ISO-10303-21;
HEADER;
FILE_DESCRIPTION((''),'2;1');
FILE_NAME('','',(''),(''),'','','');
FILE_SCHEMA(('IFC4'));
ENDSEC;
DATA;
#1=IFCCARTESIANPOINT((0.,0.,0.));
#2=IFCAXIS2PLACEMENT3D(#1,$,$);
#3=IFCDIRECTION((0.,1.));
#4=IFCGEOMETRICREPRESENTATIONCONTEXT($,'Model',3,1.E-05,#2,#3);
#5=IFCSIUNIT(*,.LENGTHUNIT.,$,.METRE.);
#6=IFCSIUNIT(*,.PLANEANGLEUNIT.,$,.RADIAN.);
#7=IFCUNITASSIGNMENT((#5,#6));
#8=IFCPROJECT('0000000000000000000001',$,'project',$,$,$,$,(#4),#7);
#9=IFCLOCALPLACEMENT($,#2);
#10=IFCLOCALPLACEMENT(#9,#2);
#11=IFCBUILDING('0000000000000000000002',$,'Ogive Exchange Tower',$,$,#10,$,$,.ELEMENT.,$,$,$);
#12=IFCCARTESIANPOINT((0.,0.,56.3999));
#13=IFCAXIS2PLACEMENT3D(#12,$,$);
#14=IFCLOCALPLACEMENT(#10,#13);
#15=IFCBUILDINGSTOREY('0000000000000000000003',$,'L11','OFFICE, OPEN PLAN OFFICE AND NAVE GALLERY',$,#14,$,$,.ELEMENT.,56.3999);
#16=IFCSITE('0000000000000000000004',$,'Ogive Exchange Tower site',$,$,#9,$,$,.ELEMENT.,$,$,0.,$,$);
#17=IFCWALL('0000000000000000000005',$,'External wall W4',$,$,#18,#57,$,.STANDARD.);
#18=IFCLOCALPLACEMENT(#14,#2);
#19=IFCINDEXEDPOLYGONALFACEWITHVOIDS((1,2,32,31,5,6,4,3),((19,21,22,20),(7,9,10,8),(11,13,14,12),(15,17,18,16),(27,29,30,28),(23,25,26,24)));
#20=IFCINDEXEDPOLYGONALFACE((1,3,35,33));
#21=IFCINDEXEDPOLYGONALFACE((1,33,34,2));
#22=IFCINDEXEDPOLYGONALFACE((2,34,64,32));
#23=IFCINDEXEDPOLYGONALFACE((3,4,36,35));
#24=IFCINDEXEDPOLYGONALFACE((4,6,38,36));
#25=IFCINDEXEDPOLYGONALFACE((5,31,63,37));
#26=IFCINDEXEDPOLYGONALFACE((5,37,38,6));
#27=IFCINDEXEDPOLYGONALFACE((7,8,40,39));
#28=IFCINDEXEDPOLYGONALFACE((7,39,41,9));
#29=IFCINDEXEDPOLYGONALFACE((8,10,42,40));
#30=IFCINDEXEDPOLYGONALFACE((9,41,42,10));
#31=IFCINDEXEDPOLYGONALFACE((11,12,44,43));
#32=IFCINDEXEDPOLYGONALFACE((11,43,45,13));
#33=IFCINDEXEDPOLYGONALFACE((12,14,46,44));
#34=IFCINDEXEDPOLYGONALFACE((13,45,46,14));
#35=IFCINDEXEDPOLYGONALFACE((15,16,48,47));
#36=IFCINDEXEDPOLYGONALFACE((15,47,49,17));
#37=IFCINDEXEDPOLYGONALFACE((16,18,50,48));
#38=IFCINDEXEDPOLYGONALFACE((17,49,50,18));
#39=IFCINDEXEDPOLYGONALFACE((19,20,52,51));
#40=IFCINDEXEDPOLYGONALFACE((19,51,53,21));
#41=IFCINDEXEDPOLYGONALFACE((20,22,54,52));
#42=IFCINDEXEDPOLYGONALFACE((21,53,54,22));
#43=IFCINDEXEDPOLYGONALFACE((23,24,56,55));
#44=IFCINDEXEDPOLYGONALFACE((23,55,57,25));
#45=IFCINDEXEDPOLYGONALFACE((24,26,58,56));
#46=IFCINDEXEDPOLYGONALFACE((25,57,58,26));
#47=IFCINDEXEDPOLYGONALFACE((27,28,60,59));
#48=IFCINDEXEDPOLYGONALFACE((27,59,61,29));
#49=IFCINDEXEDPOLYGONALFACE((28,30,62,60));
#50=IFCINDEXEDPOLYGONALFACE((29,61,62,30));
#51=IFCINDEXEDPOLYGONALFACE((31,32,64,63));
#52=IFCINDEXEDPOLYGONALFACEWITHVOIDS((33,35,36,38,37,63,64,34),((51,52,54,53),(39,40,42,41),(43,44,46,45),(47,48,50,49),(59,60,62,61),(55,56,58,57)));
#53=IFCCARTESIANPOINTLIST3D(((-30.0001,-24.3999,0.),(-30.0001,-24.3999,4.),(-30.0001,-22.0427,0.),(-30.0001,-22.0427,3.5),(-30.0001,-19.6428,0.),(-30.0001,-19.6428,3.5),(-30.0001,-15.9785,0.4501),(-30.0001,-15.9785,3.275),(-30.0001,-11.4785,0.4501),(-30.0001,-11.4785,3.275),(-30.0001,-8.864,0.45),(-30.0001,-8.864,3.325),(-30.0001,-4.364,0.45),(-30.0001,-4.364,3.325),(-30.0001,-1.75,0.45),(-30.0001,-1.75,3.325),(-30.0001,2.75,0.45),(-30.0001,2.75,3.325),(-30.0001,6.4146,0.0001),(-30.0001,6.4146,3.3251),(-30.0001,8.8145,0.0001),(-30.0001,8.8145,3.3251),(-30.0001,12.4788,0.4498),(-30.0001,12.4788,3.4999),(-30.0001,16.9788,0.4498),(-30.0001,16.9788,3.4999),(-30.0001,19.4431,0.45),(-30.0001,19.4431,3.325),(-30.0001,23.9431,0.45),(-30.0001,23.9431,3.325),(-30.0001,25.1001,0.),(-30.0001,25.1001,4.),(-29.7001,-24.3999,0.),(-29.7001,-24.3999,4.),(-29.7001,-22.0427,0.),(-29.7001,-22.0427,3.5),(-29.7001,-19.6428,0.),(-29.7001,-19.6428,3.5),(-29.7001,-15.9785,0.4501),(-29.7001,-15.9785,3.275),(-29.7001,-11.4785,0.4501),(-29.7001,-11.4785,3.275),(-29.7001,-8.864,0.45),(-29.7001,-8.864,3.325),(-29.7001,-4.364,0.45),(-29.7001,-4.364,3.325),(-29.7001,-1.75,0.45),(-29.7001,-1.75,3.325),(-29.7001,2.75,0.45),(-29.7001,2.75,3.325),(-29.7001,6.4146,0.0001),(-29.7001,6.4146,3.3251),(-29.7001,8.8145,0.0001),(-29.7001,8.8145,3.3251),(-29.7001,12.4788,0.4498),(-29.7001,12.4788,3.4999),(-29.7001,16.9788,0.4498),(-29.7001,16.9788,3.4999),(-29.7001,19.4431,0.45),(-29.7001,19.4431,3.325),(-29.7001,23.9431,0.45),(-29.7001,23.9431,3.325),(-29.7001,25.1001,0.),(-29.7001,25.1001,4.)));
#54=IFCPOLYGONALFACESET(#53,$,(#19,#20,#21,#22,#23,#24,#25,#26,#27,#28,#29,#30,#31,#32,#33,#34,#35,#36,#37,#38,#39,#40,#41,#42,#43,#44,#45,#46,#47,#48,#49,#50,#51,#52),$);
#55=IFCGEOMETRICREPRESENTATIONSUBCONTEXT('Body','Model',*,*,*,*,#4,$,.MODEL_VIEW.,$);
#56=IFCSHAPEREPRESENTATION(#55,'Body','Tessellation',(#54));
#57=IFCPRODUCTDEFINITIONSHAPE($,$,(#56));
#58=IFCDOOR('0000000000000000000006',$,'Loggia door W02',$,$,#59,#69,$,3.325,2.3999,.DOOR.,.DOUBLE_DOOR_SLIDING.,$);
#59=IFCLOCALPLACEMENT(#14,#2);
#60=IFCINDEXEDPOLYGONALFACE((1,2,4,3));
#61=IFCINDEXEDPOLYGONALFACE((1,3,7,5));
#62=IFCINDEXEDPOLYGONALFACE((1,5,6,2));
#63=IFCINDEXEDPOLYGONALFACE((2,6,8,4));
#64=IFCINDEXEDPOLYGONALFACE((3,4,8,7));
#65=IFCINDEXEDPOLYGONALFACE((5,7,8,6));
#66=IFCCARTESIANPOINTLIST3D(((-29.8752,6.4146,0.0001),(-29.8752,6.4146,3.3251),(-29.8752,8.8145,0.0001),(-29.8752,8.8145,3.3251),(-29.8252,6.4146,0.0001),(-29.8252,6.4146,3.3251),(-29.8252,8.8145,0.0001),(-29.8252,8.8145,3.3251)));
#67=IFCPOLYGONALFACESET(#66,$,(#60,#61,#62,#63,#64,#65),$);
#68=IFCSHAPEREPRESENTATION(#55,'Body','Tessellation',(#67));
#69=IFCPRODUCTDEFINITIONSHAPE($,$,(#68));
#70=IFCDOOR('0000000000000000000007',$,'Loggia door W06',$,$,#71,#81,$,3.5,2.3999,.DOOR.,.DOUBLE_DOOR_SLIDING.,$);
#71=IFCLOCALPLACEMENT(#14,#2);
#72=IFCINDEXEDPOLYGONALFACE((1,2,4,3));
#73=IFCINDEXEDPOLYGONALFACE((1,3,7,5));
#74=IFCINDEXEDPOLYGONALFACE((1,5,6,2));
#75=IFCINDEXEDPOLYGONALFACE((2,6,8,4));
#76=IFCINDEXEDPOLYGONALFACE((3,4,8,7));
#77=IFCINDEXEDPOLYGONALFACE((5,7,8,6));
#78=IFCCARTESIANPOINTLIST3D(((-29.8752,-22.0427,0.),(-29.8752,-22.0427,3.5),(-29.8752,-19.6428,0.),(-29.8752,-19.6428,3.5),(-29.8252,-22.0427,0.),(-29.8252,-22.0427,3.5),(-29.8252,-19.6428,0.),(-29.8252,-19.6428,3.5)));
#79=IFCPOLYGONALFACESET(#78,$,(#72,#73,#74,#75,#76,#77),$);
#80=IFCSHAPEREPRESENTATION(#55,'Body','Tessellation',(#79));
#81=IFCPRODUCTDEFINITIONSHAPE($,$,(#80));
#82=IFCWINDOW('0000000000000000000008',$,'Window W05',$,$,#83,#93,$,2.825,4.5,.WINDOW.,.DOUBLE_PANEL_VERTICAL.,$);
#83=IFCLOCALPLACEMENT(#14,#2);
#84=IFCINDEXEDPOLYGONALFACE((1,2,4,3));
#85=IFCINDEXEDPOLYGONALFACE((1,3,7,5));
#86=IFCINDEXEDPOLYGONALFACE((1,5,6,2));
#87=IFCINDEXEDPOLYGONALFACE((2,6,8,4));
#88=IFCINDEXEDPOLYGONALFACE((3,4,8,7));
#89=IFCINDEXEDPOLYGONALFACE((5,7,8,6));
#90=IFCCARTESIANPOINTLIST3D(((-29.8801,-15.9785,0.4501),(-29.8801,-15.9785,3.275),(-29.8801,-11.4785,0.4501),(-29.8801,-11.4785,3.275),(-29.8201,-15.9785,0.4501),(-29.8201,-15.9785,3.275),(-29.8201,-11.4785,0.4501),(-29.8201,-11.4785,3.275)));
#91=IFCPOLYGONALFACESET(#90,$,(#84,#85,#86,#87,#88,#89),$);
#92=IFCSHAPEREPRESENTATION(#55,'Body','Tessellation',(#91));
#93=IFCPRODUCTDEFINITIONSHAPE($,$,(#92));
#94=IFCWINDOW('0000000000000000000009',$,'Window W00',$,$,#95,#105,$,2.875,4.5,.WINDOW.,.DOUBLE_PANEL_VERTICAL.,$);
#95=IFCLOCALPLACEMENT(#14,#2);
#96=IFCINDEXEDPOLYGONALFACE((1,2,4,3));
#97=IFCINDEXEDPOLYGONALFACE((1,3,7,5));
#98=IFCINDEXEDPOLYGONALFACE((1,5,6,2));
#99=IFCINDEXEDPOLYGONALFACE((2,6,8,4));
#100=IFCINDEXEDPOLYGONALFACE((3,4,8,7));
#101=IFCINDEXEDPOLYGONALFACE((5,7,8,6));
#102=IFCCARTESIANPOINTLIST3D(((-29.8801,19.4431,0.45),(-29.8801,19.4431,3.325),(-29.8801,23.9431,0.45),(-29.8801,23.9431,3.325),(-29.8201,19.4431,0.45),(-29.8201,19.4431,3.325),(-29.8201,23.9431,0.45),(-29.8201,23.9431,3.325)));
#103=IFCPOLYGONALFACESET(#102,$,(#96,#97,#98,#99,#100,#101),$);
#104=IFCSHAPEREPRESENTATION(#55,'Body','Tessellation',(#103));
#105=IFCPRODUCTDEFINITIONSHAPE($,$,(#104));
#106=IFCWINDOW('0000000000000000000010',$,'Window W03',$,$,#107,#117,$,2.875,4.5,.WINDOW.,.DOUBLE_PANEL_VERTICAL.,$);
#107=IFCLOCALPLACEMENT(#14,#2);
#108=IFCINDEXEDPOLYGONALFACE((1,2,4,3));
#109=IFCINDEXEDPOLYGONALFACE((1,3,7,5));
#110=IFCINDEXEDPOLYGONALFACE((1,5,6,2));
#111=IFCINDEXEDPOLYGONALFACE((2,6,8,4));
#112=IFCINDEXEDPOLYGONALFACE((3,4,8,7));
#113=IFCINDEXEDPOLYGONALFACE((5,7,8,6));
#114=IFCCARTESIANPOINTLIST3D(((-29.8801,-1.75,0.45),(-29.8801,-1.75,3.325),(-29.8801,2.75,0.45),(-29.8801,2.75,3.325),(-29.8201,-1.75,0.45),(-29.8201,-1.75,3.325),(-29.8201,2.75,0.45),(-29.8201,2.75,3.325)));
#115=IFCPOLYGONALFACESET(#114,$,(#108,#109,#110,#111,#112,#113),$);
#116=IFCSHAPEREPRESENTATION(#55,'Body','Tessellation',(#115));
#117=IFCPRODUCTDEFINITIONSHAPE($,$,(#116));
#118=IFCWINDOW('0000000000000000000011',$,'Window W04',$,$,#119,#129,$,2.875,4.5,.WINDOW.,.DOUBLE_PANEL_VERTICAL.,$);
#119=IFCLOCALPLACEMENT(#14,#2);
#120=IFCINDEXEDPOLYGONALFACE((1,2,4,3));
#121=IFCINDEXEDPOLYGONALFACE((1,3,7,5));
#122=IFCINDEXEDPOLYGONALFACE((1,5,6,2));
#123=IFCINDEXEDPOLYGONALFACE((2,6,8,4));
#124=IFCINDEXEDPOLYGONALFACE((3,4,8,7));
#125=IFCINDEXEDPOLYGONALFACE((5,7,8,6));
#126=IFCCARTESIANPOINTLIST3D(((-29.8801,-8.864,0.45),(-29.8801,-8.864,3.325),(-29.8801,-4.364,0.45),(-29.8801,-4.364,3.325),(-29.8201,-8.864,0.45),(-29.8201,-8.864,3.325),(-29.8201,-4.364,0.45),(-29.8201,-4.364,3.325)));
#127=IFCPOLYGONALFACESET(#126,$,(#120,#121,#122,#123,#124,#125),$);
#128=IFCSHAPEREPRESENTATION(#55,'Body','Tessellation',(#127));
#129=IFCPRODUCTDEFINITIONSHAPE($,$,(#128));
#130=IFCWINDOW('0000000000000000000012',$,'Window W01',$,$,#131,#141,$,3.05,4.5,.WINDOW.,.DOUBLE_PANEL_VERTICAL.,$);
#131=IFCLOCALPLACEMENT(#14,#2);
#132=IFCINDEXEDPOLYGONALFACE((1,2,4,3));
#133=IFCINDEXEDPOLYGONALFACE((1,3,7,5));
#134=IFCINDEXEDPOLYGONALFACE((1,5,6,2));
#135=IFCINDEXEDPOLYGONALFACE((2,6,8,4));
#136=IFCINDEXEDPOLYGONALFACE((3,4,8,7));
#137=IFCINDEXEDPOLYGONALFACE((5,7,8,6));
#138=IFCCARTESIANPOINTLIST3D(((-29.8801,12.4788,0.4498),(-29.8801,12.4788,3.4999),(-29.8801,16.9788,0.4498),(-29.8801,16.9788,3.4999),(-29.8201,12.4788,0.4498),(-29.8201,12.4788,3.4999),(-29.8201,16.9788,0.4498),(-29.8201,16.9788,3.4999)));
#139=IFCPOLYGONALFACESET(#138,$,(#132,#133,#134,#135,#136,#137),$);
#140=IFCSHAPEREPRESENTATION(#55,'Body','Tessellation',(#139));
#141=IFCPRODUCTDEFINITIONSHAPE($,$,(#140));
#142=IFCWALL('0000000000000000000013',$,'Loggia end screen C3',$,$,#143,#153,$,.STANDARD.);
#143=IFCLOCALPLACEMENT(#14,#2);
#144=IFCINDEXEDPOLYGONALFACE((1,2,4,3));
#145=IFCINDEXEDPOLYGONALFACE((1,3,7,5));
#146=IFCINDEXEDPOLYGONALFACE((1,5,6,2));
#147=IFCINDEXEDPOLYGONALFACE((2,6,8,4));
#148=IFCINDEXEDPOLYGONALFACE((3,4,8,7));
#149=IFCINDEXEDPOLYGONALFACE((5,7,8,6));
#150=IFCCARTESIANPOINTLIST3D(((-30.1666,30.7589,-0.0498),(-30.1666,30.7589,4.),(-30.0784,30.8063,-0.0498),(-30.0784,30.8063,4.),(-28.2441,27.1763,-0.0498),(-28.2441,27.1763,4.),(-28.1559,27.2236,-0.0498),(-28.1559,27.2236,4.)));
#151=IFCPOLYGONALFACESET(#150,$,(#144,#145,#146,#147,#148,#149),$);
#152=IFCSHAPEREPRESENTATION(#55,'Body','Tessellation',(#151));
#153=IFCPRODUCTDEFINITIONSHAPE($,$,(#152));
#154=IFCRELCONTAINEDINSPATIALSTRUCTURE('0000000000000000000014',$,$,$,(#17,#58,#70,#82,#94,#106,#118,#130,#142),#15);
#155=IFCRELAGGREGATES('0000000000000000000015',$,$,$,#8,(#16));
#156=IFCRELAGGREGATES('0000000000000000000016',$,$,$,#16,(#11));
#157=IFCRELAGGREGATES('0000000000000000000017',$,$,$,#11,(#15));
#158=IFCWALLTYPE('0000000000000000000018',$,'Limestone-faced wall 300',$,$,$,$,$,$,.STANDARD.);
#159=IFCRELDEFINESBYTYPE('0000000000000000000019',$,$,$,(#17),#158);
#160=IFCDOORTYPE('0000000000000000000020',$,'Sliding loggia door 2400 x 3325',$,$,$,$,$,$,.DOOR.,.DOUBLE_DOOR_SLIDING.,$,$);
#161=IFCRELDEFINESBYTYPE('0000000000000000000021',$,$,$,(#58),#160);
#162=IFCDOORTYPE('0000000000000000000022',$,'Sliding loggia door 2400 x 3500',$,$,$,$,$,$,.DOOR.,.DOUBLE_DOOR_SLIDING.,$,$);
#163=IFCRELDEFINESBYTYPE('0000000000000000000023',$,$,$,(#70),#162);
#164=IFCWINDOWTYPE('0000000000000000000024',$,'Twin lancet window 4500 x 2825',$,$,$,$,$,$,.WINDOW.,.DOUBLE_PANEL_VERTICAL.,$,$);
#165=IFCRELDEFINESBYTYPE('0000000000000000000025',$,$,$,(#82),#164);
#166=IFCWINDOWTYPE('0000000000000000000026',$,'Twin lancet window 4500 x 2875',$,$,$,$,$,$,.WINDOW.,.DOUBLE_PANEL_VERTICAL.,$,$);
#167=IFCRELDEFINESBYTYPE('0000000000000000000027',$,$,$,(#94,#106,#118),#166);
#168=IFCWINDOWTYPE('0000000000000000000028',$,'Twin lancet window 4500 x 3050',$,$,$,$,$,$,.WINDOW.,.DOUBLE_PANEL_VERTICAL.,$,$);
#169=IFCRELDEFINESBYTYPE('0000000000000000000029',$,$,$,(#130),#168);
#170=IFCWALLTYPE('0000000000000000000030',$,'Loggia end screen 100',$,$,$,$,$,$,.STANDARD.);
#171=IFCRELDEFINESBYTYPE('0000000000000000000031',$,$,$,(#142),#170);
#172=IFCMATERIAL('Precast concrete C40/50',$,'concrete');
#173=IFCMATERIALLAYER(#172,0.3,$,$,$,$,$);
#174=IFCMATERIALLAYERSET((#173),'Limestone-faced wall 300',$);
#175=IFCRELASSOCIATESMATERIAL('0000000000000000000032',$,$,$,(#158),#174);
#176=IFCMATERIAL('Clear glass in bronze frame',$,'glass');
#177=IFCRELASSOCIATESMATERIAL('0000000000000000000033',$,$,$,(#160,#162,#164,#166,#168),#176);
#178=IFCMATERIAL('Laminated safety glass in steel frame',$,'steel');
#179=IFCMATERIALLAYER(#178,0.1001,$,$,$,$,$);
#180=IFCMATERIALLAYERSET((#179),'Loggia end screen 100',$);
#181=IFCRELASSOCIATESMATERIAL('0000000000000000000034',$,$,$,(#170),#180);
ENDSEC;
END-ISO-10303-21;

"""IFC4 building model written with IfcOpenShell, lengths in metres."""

from ifc_helpers import new_model, si_unit, direction, frame, frame_2d, origin, place, context, subcontext, project, spatial, rectangle, extrude, material, layer, layer_set, type_object, element, fill, save


model = new_model("IFC4")

# Units and contexts
model_context = context("Model", 3, precision=1e-05, world=origin(), true_north=direction((0.0, 1.0)))
body_context = subcontext(model_context, "Body", "Model", "MODEL_VIEW")
ifc_project = project(units=[si_unit("LENGTHUNIT", "METRE"), si_unit("PLANEANGLEUNIT", "RADIAN")], contexts=[model_context])

# Site, building, storey
site_placement = place(None, origin())
site = spatial("IfcSite", under=ifc_project, at=site_placement, Name="Ogive Exchange Tower site", CompositionType="ELEMENT", RefElevation=0.0)
building_placement = place(site_placement, origin())
building = spatial("IfcBuilding", under=site, at=building_placement, Name="Ogive Exchange Tower", CompositionType="ELEMENT")
storey_placement = place(building_placement, frame((0.0, 0.0, 56.3999)))
storey = spatial("IfcBuildingStorey", under=building, at=storey_placement, Name="L11", Description="OFFICE, OPEN PLAN OFFICE AND NAVE GALLERY", CompositionType="ELEMENT", Elevation=56.3999)

# Wall, openings, doors, windows
ifc_material_1 = material(Name="Precast concrete C40/50", Category="concrete")
ifc_layer_1 = layer(ifc_material_1, 0.3)
ifc_layer_set_1 = layer_set([ifc_layer_1], Name="Limestone-faced wall 300")
wall_type_1 = type_object("IfcWallType", Name="Limestone-faced wall 300", PredefinedType="STANDARD", material=ifc_layer_set_1)
wall_1_placement = place(storey_placement, frame((-29.8501, 25.1001, 0.0), z_axis=(0.0, 0.0, 1.0), x_axis=(0.0, -1.0, 0.0)))
wall_1 = element("IfcWall", 1, at=wall_1_placement, inside=storey, type_object=wall_type_1, Name="External wall W4", PredefinedType="STANDARD", context=body_context, shape_type="SweptSolid", body=[
    extrude(rectangle(XDim=49.5, YDim=0.3, at=frame_2d((24.75, 0.0))), origin(), (0.0, 0.0, 1.0), 4.0),
])
opening_1_placement = place(wall_1_placement, frame((1.157, 0.0, 0.45)))
opening_1 = element("IfcOpeningElement", 2, at=opening_1_placement, cuts=wall_1, PredefinedType="OPENING", context=body_context, shape_type="SweptSolid", body=[
    extrude(rectangle(XDim=4.5, YDim=2.875, at=frame_2d((2.25, 1.4375))), frame((0.0, 0.1599, 0.0), z_axis=(0.0, -1.0, 0.0), x_axis=(1.0, 0.0, 0.0)), (0.0, 0.0, 1.0), 0.3201),
])
opening_2_placement = place(wall_1_placement, frame((8.1213, 0.0, 0.45)))
opening_2 = element("IfcOpeningElement", 3, at=opening_2_placement, cuts=wall_1, PredefinedType="OPENING", context=body_context, shape_type="SweptSolid", body=[
    extrude(rectangle(XDim=4.5, YDim=3.05, at=frame_2d((2.25, 1.5249))), frame((0.0, 0.1599, 0.0), z_axis=(0.0, -1.0, 0.0), x_axis=(1.0, 0.0, 0.0)), (0.0, 0.0, 1.0), 0.3201),
])
opening_3_placement = place(wall_1_placement, frame((16.2856, 0.0, 0.0)))
opening_3 = element("IfcOpeningElement", 4, at=opening_3_placement, cuts=wall_1, PredefinedType="OPENING", context=body_context, shape_type="SweptSolid", body=[
    extrude(rectangle(XDim=2.3999, YDim=3.325, at=frame_2d((1.2, 1.6626))), frame((0.0, 0.1599, 0.0), z_axis=(0.0, -1.0, 0.0), x_axis=(1.0, 0.0, 0.0)), (0.0, 0.0, 1.0), 0.3201),
])
opening_4_placement = place(wall_1_placement, frame((22.3501, 0.0, 0.45)))
opening_4 = element("IfcOpeningElement", 5, at=opening_4_placement, cuts=wall_1, PredefinedType="OPENING", context=body_context, shape_type="SweptSolid", body=[
    extrude(rectangle(XDim=4.5, YDim=2.875, at=frame_2d((2.25, 1.4375))), frame((0.0, 0.1599, 0.0), z_axis=(0.0, -1.0, 0.0), x_axis=(1.0, 0.0, 0.0)), (0.0, 0.0, 1.0), 0.3201),
])
opening_5_placement = place(wall_1_placement, frame((29.4641, 0.0, 0.45)))
opening_5 = element("IfcOpeningElement", 6, at=opening_5_placement, cuts=wall_1, PredefinedType="OPENING", context=body_context, shape_type="SweptSolid", body=[
    extrude(rectangle(XDim=4.5, YDim=2.875, at=frame_2d((2.25, 1.4375))), frame((0.0, 0.1599, 0.0), z_axis=(0.0, -1.0, 0.0), x_axis=(1.0, 0.0, 0.0)), (0.0, 0.0, 1.0), 0.3201),
])
opening_6_placement = place(wall_1_placement, frame((36.5786, 0.0, 0.45)))
opening_6 = element("IfcOpeningElement", 7, at=opening_6_placement, cuts=wall_1, PredefinedType="OPENING", context=body_context, shape_type="SweptSolid", body=[
    extrude(rectangle(XDim=4.5, YDim=2.825, at=frame_2d((2.25, 1.4126))), frame((0.0, 0.1599, 0.0), z_axis=(0.0, -1.0, 0.0), x_axis=(1.0, 0.0, 0.0)), (0.0, 0.0, 1.0), 0.3201),
])
opening_7_placement = place(wall_1_placement, frame((44.7429, 0.0, 0.0)))
opening_7 = element("IfcOpeningElement", 8, at=opening_7_placement, cuts=wall_1, PredefinedType="OPENING", context=body_context, shape_type="SweptSolid", body=[
    extrude(rectangle(XDim=2.3999, YDim=3.5, at=frame_2d((1.2, 1.75))), frame((0.0, 0.1599, 0.0), z_axis=(0.0, -1.0, 0.0), x_axis=(1.0, 0.0, 0.0)), (0.0, 0.0, 1.0), 0.3201),
])
ifc_material_2 = material(Name="Clear glass in bronze frame", Category="glass")
door_type_1 = type_object("IfcDoorType", Name="Sliding loggia door 2400 x 3325", OperationType="DOUBLE_DOOR_SLIDING", PredefinedType="DOOR", material=ifc_material_2)
door_1_placement = place(opening_3_placement, origin())
door_1 = element("IfcDoor", 9, at=door_1_placement, inside=storey, type_object=door_type_1, Name="Loggia door W02", OperationType="DOUBLE_DOOR_SLIDING", OverallHeight=3.325, OverallWidth=2.3999, PredefinedType="DOOR", context=body_context, shape_type="SweptSolid", body=[
    extrude(rectangle(XDim=2.3999, YDim=3.325, at=frame_2d((1.2, 1.6626))), frame((0.0, 0.0249, 0.0), z_axis=(0.0, -1.0, 0.0), x_axis=(1.0, 0.0, 0.0)), (0.0, 0.0, 1.0), 0.05),
])
fill(opening_3, door_1)
door_type_2 = type_object("IfcDoorType", Name="Sliding loggia door 2400 x 3500", OperationType="DOUBLE_DOOR_SLIDING", PredefinedType="DOOR", material=ifc_material_2)
door_2_placement = place(opening_7_placement, origin())
door_2 = element("IfcDoor", 10, at=door_2_placement, inside=storey, type_object=door_type_2, Name="Loggia door W06", OperationType="DOUBLE_DOOR_SLIDING", OverallHeight=3.5, OverallWidth=2.3999, PredefinedType="DOOR", context=body_context, shape_type="SweptSolid", body=[
    extrude(rectangle(XDim=2.3999, YDim=3.5, at=frame_2d((1.2, 1.75))), frame((0.0, 0.0249, 0.0), z_axis=(0.0, -1.0, 0.0), x_axis=(1.0, 0.0, 0.0)), (0.0, 0.0, 1.0), 0.05),
])
fill(opening_7, door_2)
window_type_1 = type_object("IfcWindowType", Name="Twin lancet window 4500 x 2825", PartitioningType="DOUBLE_PANEL_VERTICAL", PredefinedType="WINDOW", material=ifc_material_2)
window_1_placement = place(opening_6_placement, origin())
window_1 = element("IfcWindow", 11, at=window_1_placement, inside=storey, type_object=window_type_1, Name="Window W05", OverallHeight=2.825, OverallWidth=4.5, PartitioningType="DOUBLE_PANEL_VERTICAL", PredefinedType="WINDOW", context=body_context, shape_type="SweptSolid", body=[
    extrude(rectangle(XDim=4.5, YDim=2.825, at=frame_2d((2.25, 1.4126))), frame((0.0, 0.03, 0.0), z_axis=(0.0, -1.0, 0.0), x_axis=(1.0, 0.0, 0.0)), (0.0, 0.0, 1.0), 0.0601),
])
fill(opening_6, window_1)
window_type_2 = type_object("IfcWindowType", Name="Twin lancet window 4500 x 2875", PartitioningType="DOUBLE_PANEL_VERTICAL", PredefinedType="WINDOW", material=ifc_material_2)
window_2_placement = place(opening_1_placement, origin())
window_2 = element("IfcWindow", 12, at=window_2_placement, inside=storey, type_object=window_type_2, Name="Window W00", OverallHeight=2.875, OverallWidth=4.5, PartitioningType="DOUBLE_PANEL_VERTICAL", PredefinedType="WINDOW", context=body_context, shape_type="SweptSolid", body=[
    extrude(rectangle(XDim=4.5, YDim=2.875, at=frame_2d((2.25, 1.4375))), frame((0.0, 0.03, 0.0), z_axis=(0.0, -1.0, 0.0), x_axis=(1.0, 0.0, 0.0)), (0.0, 0.0, 1.0), 0.0601),
])
fill(opening_1, window_2)
window_3_placement = place(opening_4_placement, origin())
window_3 = element("IfcWindow", 13, at=window_3_placement, inside=storey, type_object=window_type_2, Name="Window W03", OverallHeight=2.875, OverallWidth=4.5, PartitioningType="DOUBLE_PANEL_VERTICAL", PredefinedType="WINDOW", context=body_context, shape_type="SweptSolid", body=[
    extrude(rectangle(XDim=4.5, YDim=2.875, at=frame_2d((2.25, 1.4375))), frame((0.0, 0.03, 0.0), z_axis=(0.0, -1.0, 0.0), x_axis=(1.0, 0.0, 0.0)), (0.0, 0.0, 1.0), 0.0601),
])
fill(opening_4, window_3)
window_4_placement = place(opening_5_placement, origin())
window_4 = element("IfcWindow", 14, at=window_4_placement, inside=storey, type_object=window_type_2, Name="Window W04", OverallHeight=2.875, OverallWidth=4.5, PartitioningType="DOUBLE_PANEL_VERTICAL", PredefinedType="WINDOW", context=body_context, shape_type="SweptSolid", body=[
    extrude(rectangle(XDim=4.5, YDim=2.875, at=frame_2d((2.25, 1.4375))), frame((0.0, 0.03, 0.0), z_axis=(0.0, -1.0, 0.0), x_axis=(1.0, 0.0, 0.0)), (0.0, 0.0, 1.0), 0.0601),
])
fill(opening_5, window_4)
window_type_3 = type_object("IfcWindowType", Name="Twin lancet window 4500 x 3050", PartitioningType="DOUBLE_PANEL_VERTICAL", PredefinedType="WINDOW", material=ifc_material_2)
window_5_placement = place(opening_2_placement, origin())
window_5 = element("IfcWindow", 15, at=window_5_placement, inside=storey, type_object=window_type_3, Name="Window W01", OverallHeight=3.05, OverallWidth=4.5, PartitioningType="DOUBLE_PANEL_VERTICAL", PredefinedType="WINDOW", context=body_context, shape_type="SweptSolid", body=[
    extrude(rectangle(XDim=4.5, YDim=3.05, at=frame_2d((2.25, 1.5249))), frame((0.0, 0.03, 0.0), z_axis=(0.0, -1.0, 0.0), x_axis=(1.0, 0.0, 0.0)), (0.0, 0.0, 1.0), 0.0601),
])
fill(opening_2, window_5)

# Wall
ifc_material_3 = material(Name="Laminated safety glass in steel frame", Category="steel")
ifc_layer_2 = layer(ifc_material_3, 0.1001)
ifc_layer_set_2 = layer_set([ifc_layer_2], Name="Loggia end screen 100")
wall_type_2 = type_object("IfcWallType", Name="Loggia end screen 100", PredefinedType="STANDARD", material=ifc_layer_set_2)
wall_2_placement = place(storey_placement, frame((-28.2, 27.2, -0.0498), z_axis=(0.0, 0.0, 1.0), x_axis=(-0.472846, 0.881145, 0.0)))
element("IfcWall", 16, at=wall_2_placement, inside=storey, type_object=wall_type_2, Name="Loggia end screen C3", PredefinedType="STANDARD", context=body_context, shape_type="SweptSolid", body=[
    extrude(rectangle(XDim=4.0659, YDim=0.1001, at=frame_2d((2.033, 0.0))), origin(), (0.0, 0.0, 1.0), 4.0498),
])

save(model, "model.ifc")
